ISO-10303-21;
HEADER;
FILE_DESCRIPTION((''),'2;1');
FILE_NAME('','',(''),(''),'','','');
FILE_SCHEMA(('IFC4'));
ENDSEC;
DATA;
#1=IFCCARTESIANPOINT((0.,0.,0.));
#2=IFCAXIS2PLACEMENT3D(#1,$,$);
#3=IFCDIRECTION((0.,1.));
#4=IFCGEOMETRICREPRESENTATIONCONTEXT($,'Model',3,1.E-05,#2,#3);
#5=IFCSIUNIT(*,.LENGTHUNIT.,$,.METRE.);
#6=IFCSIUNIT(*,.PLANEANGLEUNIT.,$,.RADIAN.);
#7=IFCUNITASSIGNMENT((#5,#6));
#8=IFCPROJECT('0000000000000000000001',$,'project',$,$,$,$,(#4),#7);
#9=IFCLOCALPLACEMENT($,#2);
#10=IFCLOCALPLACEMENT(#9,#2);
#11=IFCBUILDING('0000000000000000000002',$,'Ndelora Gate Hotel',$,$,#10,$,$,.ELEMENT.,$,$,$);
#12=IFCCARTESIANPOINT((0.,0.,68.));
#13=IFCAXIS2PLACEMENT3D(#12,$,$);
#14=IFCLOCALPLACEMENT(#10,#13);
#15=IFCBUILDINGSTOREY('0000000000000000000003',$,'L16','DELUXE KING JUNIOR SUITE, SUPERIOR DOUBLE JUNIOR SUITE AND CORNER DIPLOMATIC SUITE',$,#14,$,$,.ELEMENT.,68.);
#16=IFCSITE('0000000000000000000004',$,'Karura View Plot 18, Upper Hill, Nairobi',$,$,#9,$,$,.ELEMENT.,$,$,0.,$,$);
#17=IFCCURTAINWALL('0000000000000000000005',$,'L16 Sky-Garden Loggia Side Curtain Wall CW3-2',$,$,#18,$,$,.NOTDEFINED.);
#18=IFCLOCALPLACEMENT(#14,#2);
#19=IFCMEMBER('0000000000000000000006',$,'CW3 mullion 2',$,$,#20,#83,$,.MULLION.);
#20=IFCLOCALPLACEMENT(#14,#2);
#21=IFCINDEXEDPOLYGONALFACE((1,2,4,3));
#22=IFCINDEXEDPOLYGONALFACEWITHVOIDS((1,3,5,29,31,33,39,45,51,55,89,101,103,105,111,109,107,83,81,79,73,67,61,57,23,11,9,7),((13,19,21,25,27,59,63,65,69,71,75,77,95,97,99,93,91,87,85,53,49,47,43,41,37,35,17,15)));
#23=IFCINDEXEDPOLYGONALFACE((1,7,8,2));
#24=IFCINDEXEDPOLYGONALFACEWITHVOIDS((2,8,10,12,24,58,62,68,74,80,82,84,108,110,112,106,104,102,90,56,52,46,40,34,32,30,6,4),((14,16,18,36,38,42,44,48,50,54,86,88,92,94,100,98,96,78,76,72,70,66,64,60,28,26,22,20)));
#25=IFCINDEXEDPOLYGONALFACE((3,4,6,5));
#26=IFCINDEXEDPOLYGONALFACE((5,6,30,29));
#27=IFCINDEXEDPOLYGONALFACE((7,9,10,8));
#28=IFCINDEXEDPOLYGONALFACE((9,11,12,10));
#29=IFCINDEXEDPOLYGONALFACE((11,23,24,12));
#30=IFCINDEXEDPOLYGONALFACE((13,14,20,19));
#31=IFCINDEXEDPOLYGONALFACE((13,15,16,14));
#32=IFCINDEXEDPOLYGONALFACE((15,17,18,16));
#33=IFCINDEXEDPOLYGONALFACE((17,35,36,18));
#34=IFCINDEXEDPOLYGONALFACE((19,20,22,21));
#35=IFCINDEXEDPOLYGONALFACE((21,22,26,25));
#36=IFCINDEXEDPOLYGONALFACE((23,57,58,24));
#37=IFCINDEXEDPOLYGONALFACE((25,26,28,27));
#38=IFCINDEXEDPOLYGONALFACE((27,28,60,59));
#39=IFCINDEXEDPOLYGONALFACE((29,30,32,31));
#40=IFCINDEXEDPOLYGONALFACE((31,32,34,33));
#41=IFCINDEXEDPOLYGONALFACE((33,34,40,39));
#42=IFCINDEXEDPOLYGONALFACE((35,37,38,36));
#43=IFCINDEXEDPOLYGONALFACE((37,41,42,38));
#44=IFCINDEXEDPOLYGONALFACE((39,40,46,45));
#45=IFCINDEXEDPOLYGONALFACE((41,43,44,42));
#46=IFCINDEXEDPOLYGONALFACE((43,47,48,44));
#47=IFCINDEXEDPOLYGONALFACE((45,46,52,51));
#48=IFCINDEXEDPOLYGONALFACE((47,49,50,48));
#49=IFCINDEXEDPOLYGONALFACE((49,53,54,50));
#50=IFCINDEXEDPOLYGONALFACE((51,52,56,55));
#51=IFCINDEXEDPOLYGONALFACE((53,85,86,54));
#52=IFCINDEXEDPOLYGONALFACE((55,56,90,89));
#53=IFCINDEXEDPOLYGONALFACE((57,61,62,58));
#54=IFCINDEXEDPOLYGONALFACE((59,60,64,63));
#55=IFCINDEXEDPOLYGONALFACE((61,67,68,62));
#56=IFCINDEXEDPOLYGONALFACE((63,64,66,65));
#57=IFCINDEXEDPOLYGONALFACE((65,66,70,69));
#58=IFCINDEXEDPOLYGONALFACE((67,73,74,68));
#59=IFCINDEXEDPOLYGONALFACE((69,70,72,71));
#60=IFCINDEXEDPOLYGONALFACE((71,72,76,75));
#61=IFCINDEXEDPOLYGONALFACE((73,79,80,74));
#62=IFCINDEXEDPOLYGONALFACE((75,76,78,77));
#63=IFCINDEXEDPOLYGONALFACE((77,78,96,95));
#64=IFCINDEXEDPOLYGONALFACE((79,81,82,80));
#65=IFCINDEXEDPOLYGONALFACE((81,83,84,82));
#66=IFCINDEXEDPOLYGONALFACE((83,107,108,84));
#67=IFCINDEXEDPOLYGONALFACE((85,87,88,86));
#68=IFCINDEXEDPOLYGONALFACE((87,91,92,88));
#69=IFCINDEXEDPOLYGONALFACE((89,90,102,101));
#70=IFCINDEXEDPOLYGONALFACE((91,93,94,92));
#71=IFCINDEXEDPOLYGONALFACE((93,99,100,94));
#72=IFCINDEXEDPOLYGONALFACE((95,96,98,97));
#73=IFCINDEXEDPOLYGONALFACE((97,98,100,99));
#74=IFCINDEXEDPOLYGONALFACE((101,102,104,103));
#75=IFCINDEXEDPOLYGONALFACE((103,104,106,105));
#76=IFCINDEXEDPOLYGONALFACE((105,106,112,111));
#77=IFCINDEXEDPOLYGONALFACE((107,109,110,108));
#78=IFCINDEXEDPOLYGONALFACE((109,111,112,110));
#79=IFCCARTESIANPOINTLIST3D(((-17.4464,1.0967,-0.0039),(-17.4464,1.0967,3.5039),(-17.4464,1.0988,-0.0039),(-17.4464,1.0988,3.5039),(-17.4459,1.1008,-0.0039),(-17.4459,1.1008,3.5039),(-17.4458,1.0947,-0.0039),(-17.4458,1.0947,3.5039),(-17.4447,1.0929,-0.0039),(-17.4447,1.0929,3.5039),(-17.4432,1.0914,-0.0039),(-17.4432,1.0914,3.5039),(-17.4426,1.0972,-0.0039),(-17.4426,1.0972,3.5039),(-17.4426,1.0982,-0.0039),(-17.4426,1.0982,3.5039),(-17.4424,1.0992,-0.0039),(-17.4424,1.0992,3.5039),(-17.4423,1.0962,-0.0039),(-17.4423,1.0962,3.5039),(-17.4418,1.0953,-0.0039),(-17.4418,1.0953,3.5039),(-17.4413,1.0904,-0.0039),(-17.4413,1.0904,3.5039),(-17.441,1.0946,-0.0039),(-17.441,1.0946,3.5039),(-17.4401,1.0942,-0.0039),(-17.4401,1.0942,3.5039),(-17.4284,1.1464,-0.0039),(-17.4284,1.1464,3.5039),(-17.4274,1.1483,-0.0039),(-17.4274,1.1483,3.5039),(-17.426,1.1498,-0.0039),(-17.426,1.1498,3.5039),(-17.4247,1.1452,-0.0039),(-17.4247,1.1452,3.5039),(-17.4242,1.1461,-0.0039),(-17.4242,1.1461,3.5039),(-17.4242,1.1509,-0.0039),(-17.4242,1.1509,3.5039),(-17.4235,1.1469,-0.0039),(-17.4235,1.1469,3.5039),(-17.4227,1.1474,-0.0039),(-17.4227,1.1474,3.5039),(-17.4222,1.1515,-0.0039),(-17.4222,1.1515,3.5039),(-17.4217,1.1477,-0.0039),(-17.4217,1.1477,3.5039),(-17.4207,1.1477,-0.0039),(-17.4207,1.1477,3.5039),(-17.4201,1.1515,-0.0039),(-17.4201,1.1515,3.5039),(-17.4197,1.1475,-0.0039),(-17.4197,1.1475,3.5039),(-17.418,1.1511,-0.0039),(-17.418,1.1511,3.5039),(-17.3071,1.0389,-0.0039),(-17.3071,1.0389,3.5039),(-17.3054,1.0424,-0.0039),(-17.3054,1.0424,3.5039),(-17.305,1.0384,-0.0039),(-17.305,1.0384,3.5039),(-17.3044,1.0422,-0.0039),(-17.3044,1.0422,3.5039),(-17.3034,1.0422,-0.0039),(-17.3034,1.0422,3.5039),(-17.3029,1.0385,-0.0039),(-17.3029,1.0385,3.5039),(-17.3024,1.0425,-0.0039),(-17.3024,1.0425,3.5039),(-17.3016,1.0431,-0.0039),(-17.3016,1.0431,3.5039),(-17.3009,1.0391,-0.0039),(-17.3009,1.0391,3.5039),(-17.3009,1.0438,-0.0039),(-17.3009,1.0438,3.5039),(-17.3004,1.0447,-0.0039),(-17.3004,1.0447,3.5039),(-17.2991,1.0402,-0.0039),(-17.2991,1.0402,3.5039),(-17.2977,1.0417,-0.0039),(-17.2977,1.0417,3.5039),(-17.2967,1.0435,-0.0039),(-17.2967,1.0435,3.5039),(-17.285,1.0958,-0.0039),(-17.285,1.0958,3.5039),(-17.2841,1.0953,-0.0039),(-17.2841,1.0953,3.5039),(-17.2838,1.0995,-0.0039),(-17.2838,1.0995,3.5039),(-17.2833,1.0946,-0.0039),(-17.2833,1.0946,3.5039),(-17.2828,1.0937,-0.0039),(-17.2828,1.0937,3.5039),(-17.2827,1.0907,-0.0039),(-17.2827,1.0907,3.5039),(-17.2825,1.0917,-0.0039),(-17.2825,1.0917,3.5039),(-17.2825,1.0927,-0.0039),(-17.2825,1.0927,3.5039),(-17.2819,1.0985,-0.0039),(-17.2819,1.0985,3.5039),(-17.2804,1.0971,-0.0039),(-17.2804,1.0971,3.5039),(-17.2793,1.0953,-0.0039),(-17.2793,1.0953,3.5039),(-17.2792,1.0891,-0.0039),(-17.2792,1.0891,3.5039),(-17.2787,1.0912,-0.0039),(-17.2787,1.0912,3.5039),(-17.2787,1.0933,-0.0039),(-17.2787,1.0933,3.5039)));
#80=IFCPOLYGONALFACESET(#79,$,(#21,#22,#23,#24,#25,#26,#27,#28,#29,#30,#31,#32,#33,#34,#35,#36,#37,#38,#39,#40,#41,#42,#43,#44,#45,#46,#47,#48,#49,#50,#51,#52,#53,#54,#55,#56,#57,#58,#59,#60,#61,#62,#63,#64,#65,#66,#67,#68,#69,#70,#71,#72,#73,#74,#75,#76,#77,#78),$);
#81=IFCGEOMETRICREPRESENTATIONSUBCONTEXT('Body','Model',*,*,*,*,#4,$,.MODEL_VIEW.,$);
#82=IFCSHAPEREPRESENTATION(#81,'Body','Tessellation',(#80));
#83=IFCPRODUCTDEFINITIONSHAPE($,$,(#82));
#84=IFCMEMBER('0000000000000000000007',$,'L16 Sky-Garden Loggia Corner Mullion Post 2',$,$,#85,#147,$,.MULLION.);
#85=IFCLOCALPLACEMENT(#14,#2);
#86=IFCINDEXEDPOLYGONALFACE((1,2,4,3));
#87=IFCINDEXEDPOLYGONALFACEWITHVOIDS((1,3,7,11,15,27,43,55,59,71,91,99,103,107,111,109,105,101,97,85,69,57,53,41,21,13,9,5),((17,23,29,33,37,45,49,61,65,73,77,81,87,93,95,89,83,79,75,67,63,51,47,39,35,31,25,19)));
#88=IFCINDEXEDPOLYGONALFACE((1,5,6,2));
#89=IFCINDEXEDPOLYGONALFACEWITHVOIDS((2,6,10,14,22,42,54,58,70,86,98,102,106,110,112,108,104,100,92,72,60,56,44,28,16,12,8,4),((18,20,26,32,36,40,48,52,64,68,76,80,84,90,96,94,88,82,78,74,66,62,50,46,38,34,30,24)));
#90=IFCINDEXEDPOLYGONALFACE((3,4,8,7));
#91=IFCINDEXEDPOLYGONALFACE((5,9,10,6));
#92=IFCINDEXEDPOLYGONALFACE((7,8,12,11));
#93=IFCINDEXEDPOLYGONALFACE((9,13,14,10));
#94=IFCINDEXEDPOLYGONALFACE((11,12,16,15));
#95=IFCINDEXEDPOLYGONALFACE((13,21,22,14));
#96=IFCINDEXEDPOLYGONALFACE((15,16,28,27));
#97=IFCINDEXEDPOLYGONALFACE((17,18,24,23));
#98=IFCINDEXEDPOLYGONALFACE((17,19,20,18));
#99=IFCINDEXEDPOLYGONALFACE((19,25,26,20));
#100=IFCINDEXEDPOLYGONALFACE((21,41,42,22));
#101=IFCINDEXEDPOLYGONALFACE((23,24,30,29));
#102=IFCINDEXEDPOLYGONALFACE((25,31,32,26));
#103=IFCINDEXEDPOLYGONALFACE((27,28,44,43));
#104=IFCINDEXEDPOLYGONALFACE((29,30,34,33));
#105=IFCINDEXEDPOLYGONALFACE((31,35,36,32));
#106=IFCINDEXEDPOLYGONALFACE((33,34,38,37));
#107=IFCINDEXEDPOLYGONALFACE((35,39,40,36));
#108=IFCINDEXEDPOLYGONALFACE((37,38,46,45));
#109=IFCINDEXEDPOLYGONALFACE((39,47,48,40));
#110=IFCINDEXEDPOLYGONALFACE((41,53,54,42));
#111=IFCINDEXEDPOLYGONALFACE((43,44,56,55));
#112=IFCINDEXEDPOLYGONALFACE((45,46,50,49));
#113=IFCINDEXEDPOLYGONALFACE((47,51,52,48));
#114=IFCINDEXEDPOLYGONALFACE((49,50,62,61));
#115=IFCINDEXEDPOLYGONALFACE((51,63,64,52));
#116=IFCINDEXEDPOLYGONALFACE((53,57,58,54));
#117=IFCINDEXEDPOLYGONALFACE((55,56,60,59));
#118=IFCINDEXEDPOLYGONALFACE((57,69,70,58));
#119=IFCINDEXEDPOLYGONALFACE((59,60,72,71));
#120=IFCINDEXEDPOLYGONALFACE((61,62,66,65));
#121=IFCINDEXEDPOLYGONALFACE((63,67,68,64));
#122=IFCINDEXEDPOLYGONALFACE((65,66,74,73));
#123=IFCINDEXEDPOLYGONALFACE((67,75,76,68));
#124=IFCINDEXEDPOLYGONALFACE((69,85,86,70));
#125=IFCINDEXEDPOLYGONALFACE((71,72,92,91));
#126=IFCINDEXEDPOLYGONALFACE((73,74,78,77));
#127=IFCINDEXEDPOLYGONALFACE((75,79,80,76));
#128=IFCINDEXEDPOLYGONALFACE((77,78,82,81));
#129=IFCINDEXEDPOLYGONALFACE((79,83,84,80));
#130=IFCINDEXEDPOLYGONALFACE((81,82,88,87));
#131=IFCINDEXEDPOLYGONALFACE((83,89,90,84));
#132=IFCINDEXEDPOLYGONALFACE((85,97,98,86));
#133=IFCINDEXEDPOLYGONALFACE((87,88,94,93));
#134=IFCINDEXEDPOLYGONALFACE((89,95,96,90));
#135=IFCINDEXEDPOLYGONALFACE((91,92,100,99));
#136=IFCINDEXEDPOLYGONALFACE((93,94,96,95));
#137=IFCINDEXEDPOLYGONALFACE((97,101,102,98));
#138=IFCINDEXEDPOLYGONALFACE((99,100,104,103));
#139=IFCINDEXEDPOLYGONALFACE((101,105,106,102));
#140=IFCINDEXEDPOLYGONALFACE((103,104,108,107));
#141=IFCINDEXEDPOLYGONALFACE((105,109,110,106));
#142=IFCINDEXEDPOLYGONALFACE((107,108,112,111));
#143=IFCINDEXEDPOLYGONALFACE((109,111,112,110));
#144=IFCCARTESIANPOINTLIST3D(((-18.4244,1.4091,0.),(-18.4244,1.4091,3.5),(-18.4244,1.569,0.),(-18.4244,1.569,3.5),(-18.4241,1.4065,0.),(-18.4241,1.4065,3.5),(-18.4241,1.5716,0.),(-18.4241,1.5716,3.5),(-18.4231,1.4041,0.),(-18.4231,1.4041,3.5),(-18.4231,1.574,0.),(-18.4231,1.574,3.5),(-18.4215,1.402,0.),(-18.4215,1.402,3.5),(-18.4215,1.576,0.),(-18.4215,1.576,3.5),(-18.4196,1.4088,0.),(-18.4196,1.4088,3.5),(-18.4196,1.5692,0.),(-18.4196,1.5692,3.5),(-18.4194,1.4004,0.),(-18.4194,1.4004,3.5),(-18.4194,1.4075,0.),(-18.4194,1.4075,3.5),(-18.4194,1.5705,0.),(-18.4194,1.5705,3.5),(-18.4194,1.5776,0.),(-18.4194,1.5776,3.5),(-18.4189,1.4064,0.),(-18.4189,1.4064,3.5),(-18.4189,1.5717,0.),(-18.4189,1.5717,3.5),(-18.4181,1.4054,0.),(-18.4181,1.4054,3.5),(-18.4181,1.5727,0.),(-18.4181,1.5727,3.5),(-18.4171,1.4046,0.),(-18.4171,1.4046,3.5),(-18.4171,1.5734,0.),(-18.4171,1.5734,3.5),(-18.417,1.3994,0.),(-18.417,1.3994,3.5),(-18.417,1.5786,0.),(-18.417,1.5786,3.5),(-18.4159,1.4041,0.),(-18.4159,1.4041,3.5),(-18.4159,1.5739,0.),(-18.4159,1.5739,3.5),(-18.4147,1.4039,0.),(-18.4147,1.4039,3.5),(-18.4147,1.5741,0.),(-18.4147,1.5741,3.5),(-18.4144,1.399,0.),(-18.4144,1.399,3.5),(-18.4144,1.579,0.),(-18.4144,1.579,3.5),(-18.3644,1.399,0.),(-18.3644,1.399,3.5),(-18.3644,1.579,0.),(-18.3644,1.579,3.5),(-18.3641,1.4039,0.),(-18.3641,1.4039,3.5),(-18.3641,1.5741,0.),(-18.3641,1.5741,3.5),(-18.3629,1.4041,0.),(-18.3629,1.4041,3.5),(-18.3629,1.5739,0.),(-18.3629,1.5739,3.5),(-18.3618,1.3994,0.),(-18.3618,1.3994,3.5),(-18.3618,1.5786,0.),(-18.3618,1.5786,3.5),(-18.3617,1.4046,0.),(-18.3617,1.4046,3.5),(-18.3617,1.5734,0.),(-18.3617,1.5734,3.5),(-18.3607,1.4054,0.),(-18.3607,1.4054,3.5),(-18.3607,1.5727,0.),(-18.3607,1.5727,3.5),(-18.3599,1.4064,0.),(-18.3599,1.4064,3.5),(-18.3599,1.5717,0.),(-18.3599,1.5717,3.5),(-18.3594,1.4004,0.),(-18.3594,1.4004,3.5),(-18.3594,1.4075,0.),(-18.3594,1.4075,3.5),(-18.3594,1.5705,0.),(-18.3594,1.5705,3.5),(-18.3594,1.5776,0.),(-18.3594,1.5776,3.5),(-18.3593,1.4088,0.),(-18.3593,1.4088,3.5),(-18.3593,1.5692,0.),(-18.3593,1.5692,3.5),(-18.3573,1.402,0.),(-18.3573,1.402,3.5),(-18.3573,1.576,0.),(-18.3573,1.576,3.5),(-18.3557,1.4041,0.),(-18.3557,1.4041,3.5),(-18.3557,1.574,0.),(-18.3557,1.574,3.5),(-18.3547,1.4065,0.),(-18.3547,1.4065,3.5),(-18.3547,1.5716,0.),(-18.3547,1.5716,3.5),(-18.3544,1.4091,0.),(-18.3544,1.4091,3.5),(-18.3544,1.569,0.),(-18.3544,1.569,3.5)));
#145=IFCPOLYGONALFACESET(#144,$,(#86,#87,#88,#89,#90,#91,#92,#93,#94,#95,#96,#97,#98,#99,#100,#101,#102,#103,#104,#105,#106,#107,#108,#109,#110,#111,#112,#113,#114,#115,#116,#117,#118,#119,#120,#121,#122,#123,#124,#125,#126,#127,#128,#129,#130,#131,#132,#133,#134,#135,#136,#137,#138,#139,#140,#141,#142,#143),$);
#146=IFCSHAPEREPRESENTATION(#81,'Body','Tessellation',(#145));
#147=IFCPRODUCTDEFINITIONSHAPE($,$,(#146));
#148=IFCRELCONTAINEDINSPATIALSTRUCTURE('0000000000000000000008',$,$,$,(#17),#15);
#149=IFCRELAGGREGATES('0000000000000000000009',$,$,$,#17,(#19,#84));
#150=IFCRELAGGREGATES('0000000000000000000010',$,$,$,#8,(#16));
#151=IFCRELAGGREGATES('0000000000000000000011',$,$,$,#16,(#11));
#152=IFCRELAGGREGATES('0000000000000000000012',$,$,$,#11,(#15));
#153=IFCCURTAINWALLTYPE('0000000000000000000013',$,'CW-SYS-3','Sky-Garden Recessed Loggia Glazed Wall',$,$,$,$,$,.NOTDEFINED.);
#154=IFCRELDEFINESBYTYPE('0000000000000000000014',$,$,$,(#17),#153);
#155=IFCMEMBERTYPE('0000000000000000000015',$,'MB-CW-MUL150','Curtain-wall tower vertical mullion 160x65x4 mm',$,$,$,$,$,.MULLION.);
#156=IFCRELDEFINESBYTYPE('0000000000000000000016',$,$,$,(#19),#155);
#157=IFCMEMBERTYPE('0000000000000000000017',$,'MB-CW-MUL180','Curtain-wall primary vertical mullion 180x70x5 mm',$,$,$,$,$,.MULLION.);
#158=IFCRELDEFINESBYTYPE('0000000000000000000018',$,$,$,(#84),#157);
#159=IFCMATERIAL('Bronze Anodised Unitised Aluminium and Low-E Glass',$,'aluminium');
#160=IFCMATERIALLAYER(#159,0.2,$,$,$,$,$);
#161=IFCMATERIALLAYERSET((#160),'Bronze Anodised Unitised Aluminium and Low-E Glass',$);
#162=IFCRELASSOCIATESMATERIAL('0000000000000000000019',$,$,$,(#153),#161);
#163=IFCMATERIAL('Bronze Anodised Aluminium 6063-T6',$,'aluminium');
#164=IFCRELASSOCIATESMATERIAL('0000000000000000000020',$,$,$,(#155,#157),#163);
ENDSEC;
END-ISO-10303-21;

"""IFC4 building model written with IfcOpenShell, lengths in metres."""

from ifc_helpers import new_model, si_unit, direction, frame, origin, origin_2d, place, context, subcontext, project, spatial, hollow_rectangle, extrude, material, layer, layer_set, material_profile, profile_set, type_object, element, aggregate, save


model = new_model("IFC4")

# Units and contexts
model_context = context("Model", 3, precision=1e-05, world=origin(), true_north=direction((0.0, 1.0)))
body_context = subcontext(model_context, "Body", "Model", "MODEL_VIEW")
ifc_project = project(units=[si_unit("LENGTHUNIT", "METRE"), si_unit("PLANEANGLEUNIT", "RADIAN")], contexts=[model_context])

# Site, building, storey
site_placement = place(None, origin())
site = spatial("IfcSite", under=ifc_project, at=site_placement, Name="Karura View Plot 18, Upper Hill, Nairobi", CompositionType="ELEMENT", RefElevation=0.0)
building_placement = place(site_placement, origin())
building = spatial("IfcBuilding", under=site, at=building_placement, Name="Ndelora Gate Hotel", CompositionType="ELEMENT")
storey_placement = place(building_placement, frame((0.0, 0.0, 68.0)))
storey = spatial("IfcBuildingStorey", under=building, at=storey_placement, Name="L16", Description="DELUXE KING JUNIOR SUITE, SUPERIOR DOUBLE JUNIOR SUITE AND CORNER DIPLOMATIC SUITE", CompositionType="ELEMENT", Elevation=68.0)

# Curtain wall, members
ifc_material_1 = material(Name="Bronze Anodised Unitised Aluminium and Low-E Glass", Category="aluminium")
ifc_layer_1 = layer(ifc_material_1, 0.2)
ifc_layer_set_1 = layer_set([ifc_layer_1], Name="Bronze Anodised Unitised Aluminium and Low-E Glass")
curtain_wall_type = type_object("IfcCurtainWallType", Name="CW-SYS-3", Description="Sky-Garden Recessed Loggia Glazed Wall", PredefinedType="NOTDEFINED", material=ifc_layer_set_1)
curtain_wall_placement = place(storey_placement, origin())
curtain_wall = element("IfcCurtainWall", 1, at=curtain_wall_placement, inside=storey, type_object=curtain_wall_type, Name="L16 Sky-Garden Loggia Side Curtain Wall CW3-2", PredefinedType="NOTDEFINED")
ifc_material_2 = material(Name="Bronze Anodised Aluminium 6063-T6", Category="aluminium")
ifc_material_profile_1 = material_profile(ifc_material_2, hollow_rectangle(XDim=0.0649, YDim=0.1599, WallThickness=0.0039, InnerFilletRadius=0.0039, OuterFilletRadius=0.0081, at=origin_2d()), Name="ALU 160x65x4")
ifc_profile_set_1 = profile_set([ifc_material_profile_1], Name="Bronze Anodised Aluminium 6063-T6")
member_type_1 = type_object("IfcMemberType", Name="MB-CW-MUL150", Description="Curtain-wall tower vertical mullion 160x65x4 mm", PredefinedType="MULLION", material=ifc_profile_set_1)
member_1_placement = place(storey_placement, frame((-17.3625, 1.095, -0.0039), z_axis=(0.0, 0.0, 1.0), x_axis=(0.358376, 0.933577, 0.0)))
member_1 = element("IfcMember", 2, at=member_1_placement, type_object=member_type_1, Name="CW3 mullion 2", PredefinedType="MULLION", context=body_context, shape_type="SweptSolid", body=[
    extrude(hollow_rectangle(XDim=0.0649, YDim=0.1599, WallThickness=0.0039, InnerFilletRadius=0.0039, OuterFilletRadius=0.0081, at=origin_2d()), origin(), (0.0, 0.0, 1.0), 3.5078),
])
ifc_material_profile_2 = material_profile(ifc_material_2, hollow_rectangle(XDim=0.0701, YDim=0.1799, WallThickness=0.0049, InnerFilletRadius=0.0049, OuterFilletRadius=0.01, at=origin_2d()), Name="ALU 180x70x5")
ifc_profile_set_2 = profile_set([ifc_material_profile_2], Name="Bronze Anodised Aluminium 6063-T6")
member_type_2 = type_object("IfcMemberType", Name="MB-CW-MUL180", Description="Curtain-wall primary vertical mullion 180x70x5 mm", PredefinedType="MULLION", material=ifc_profile_set_2)
member_2_placement = place(storey_placement, frame((-18.3894, 1.489, 0.0), z_axis=(0.0, 0.0, 1.0), x_axis=(1.0, 0.0, 0.0)))
member_2 = element("IfcMember", 3, at=member_2_placement, type_object=member_type_2, Name="L16 Sky-Garden Loggia Corner Mullion Post 2", PredefinedType="MULLION", context=body_context, shape_type="SweptSolid", body=[
    extrude(hollow_rectangle(XDim=0.0701, YDim=0.1799, WallThickness=0.0049, InnerFilletRadius=0.0049, OuterFilletRadius=0.01, at=origin_2d()), origin(), (0.0, 0.0, 1.0), 3.5),
])
aggregate(curtain_wall, [member_1, member_2])

save(model, "model.ifc")
